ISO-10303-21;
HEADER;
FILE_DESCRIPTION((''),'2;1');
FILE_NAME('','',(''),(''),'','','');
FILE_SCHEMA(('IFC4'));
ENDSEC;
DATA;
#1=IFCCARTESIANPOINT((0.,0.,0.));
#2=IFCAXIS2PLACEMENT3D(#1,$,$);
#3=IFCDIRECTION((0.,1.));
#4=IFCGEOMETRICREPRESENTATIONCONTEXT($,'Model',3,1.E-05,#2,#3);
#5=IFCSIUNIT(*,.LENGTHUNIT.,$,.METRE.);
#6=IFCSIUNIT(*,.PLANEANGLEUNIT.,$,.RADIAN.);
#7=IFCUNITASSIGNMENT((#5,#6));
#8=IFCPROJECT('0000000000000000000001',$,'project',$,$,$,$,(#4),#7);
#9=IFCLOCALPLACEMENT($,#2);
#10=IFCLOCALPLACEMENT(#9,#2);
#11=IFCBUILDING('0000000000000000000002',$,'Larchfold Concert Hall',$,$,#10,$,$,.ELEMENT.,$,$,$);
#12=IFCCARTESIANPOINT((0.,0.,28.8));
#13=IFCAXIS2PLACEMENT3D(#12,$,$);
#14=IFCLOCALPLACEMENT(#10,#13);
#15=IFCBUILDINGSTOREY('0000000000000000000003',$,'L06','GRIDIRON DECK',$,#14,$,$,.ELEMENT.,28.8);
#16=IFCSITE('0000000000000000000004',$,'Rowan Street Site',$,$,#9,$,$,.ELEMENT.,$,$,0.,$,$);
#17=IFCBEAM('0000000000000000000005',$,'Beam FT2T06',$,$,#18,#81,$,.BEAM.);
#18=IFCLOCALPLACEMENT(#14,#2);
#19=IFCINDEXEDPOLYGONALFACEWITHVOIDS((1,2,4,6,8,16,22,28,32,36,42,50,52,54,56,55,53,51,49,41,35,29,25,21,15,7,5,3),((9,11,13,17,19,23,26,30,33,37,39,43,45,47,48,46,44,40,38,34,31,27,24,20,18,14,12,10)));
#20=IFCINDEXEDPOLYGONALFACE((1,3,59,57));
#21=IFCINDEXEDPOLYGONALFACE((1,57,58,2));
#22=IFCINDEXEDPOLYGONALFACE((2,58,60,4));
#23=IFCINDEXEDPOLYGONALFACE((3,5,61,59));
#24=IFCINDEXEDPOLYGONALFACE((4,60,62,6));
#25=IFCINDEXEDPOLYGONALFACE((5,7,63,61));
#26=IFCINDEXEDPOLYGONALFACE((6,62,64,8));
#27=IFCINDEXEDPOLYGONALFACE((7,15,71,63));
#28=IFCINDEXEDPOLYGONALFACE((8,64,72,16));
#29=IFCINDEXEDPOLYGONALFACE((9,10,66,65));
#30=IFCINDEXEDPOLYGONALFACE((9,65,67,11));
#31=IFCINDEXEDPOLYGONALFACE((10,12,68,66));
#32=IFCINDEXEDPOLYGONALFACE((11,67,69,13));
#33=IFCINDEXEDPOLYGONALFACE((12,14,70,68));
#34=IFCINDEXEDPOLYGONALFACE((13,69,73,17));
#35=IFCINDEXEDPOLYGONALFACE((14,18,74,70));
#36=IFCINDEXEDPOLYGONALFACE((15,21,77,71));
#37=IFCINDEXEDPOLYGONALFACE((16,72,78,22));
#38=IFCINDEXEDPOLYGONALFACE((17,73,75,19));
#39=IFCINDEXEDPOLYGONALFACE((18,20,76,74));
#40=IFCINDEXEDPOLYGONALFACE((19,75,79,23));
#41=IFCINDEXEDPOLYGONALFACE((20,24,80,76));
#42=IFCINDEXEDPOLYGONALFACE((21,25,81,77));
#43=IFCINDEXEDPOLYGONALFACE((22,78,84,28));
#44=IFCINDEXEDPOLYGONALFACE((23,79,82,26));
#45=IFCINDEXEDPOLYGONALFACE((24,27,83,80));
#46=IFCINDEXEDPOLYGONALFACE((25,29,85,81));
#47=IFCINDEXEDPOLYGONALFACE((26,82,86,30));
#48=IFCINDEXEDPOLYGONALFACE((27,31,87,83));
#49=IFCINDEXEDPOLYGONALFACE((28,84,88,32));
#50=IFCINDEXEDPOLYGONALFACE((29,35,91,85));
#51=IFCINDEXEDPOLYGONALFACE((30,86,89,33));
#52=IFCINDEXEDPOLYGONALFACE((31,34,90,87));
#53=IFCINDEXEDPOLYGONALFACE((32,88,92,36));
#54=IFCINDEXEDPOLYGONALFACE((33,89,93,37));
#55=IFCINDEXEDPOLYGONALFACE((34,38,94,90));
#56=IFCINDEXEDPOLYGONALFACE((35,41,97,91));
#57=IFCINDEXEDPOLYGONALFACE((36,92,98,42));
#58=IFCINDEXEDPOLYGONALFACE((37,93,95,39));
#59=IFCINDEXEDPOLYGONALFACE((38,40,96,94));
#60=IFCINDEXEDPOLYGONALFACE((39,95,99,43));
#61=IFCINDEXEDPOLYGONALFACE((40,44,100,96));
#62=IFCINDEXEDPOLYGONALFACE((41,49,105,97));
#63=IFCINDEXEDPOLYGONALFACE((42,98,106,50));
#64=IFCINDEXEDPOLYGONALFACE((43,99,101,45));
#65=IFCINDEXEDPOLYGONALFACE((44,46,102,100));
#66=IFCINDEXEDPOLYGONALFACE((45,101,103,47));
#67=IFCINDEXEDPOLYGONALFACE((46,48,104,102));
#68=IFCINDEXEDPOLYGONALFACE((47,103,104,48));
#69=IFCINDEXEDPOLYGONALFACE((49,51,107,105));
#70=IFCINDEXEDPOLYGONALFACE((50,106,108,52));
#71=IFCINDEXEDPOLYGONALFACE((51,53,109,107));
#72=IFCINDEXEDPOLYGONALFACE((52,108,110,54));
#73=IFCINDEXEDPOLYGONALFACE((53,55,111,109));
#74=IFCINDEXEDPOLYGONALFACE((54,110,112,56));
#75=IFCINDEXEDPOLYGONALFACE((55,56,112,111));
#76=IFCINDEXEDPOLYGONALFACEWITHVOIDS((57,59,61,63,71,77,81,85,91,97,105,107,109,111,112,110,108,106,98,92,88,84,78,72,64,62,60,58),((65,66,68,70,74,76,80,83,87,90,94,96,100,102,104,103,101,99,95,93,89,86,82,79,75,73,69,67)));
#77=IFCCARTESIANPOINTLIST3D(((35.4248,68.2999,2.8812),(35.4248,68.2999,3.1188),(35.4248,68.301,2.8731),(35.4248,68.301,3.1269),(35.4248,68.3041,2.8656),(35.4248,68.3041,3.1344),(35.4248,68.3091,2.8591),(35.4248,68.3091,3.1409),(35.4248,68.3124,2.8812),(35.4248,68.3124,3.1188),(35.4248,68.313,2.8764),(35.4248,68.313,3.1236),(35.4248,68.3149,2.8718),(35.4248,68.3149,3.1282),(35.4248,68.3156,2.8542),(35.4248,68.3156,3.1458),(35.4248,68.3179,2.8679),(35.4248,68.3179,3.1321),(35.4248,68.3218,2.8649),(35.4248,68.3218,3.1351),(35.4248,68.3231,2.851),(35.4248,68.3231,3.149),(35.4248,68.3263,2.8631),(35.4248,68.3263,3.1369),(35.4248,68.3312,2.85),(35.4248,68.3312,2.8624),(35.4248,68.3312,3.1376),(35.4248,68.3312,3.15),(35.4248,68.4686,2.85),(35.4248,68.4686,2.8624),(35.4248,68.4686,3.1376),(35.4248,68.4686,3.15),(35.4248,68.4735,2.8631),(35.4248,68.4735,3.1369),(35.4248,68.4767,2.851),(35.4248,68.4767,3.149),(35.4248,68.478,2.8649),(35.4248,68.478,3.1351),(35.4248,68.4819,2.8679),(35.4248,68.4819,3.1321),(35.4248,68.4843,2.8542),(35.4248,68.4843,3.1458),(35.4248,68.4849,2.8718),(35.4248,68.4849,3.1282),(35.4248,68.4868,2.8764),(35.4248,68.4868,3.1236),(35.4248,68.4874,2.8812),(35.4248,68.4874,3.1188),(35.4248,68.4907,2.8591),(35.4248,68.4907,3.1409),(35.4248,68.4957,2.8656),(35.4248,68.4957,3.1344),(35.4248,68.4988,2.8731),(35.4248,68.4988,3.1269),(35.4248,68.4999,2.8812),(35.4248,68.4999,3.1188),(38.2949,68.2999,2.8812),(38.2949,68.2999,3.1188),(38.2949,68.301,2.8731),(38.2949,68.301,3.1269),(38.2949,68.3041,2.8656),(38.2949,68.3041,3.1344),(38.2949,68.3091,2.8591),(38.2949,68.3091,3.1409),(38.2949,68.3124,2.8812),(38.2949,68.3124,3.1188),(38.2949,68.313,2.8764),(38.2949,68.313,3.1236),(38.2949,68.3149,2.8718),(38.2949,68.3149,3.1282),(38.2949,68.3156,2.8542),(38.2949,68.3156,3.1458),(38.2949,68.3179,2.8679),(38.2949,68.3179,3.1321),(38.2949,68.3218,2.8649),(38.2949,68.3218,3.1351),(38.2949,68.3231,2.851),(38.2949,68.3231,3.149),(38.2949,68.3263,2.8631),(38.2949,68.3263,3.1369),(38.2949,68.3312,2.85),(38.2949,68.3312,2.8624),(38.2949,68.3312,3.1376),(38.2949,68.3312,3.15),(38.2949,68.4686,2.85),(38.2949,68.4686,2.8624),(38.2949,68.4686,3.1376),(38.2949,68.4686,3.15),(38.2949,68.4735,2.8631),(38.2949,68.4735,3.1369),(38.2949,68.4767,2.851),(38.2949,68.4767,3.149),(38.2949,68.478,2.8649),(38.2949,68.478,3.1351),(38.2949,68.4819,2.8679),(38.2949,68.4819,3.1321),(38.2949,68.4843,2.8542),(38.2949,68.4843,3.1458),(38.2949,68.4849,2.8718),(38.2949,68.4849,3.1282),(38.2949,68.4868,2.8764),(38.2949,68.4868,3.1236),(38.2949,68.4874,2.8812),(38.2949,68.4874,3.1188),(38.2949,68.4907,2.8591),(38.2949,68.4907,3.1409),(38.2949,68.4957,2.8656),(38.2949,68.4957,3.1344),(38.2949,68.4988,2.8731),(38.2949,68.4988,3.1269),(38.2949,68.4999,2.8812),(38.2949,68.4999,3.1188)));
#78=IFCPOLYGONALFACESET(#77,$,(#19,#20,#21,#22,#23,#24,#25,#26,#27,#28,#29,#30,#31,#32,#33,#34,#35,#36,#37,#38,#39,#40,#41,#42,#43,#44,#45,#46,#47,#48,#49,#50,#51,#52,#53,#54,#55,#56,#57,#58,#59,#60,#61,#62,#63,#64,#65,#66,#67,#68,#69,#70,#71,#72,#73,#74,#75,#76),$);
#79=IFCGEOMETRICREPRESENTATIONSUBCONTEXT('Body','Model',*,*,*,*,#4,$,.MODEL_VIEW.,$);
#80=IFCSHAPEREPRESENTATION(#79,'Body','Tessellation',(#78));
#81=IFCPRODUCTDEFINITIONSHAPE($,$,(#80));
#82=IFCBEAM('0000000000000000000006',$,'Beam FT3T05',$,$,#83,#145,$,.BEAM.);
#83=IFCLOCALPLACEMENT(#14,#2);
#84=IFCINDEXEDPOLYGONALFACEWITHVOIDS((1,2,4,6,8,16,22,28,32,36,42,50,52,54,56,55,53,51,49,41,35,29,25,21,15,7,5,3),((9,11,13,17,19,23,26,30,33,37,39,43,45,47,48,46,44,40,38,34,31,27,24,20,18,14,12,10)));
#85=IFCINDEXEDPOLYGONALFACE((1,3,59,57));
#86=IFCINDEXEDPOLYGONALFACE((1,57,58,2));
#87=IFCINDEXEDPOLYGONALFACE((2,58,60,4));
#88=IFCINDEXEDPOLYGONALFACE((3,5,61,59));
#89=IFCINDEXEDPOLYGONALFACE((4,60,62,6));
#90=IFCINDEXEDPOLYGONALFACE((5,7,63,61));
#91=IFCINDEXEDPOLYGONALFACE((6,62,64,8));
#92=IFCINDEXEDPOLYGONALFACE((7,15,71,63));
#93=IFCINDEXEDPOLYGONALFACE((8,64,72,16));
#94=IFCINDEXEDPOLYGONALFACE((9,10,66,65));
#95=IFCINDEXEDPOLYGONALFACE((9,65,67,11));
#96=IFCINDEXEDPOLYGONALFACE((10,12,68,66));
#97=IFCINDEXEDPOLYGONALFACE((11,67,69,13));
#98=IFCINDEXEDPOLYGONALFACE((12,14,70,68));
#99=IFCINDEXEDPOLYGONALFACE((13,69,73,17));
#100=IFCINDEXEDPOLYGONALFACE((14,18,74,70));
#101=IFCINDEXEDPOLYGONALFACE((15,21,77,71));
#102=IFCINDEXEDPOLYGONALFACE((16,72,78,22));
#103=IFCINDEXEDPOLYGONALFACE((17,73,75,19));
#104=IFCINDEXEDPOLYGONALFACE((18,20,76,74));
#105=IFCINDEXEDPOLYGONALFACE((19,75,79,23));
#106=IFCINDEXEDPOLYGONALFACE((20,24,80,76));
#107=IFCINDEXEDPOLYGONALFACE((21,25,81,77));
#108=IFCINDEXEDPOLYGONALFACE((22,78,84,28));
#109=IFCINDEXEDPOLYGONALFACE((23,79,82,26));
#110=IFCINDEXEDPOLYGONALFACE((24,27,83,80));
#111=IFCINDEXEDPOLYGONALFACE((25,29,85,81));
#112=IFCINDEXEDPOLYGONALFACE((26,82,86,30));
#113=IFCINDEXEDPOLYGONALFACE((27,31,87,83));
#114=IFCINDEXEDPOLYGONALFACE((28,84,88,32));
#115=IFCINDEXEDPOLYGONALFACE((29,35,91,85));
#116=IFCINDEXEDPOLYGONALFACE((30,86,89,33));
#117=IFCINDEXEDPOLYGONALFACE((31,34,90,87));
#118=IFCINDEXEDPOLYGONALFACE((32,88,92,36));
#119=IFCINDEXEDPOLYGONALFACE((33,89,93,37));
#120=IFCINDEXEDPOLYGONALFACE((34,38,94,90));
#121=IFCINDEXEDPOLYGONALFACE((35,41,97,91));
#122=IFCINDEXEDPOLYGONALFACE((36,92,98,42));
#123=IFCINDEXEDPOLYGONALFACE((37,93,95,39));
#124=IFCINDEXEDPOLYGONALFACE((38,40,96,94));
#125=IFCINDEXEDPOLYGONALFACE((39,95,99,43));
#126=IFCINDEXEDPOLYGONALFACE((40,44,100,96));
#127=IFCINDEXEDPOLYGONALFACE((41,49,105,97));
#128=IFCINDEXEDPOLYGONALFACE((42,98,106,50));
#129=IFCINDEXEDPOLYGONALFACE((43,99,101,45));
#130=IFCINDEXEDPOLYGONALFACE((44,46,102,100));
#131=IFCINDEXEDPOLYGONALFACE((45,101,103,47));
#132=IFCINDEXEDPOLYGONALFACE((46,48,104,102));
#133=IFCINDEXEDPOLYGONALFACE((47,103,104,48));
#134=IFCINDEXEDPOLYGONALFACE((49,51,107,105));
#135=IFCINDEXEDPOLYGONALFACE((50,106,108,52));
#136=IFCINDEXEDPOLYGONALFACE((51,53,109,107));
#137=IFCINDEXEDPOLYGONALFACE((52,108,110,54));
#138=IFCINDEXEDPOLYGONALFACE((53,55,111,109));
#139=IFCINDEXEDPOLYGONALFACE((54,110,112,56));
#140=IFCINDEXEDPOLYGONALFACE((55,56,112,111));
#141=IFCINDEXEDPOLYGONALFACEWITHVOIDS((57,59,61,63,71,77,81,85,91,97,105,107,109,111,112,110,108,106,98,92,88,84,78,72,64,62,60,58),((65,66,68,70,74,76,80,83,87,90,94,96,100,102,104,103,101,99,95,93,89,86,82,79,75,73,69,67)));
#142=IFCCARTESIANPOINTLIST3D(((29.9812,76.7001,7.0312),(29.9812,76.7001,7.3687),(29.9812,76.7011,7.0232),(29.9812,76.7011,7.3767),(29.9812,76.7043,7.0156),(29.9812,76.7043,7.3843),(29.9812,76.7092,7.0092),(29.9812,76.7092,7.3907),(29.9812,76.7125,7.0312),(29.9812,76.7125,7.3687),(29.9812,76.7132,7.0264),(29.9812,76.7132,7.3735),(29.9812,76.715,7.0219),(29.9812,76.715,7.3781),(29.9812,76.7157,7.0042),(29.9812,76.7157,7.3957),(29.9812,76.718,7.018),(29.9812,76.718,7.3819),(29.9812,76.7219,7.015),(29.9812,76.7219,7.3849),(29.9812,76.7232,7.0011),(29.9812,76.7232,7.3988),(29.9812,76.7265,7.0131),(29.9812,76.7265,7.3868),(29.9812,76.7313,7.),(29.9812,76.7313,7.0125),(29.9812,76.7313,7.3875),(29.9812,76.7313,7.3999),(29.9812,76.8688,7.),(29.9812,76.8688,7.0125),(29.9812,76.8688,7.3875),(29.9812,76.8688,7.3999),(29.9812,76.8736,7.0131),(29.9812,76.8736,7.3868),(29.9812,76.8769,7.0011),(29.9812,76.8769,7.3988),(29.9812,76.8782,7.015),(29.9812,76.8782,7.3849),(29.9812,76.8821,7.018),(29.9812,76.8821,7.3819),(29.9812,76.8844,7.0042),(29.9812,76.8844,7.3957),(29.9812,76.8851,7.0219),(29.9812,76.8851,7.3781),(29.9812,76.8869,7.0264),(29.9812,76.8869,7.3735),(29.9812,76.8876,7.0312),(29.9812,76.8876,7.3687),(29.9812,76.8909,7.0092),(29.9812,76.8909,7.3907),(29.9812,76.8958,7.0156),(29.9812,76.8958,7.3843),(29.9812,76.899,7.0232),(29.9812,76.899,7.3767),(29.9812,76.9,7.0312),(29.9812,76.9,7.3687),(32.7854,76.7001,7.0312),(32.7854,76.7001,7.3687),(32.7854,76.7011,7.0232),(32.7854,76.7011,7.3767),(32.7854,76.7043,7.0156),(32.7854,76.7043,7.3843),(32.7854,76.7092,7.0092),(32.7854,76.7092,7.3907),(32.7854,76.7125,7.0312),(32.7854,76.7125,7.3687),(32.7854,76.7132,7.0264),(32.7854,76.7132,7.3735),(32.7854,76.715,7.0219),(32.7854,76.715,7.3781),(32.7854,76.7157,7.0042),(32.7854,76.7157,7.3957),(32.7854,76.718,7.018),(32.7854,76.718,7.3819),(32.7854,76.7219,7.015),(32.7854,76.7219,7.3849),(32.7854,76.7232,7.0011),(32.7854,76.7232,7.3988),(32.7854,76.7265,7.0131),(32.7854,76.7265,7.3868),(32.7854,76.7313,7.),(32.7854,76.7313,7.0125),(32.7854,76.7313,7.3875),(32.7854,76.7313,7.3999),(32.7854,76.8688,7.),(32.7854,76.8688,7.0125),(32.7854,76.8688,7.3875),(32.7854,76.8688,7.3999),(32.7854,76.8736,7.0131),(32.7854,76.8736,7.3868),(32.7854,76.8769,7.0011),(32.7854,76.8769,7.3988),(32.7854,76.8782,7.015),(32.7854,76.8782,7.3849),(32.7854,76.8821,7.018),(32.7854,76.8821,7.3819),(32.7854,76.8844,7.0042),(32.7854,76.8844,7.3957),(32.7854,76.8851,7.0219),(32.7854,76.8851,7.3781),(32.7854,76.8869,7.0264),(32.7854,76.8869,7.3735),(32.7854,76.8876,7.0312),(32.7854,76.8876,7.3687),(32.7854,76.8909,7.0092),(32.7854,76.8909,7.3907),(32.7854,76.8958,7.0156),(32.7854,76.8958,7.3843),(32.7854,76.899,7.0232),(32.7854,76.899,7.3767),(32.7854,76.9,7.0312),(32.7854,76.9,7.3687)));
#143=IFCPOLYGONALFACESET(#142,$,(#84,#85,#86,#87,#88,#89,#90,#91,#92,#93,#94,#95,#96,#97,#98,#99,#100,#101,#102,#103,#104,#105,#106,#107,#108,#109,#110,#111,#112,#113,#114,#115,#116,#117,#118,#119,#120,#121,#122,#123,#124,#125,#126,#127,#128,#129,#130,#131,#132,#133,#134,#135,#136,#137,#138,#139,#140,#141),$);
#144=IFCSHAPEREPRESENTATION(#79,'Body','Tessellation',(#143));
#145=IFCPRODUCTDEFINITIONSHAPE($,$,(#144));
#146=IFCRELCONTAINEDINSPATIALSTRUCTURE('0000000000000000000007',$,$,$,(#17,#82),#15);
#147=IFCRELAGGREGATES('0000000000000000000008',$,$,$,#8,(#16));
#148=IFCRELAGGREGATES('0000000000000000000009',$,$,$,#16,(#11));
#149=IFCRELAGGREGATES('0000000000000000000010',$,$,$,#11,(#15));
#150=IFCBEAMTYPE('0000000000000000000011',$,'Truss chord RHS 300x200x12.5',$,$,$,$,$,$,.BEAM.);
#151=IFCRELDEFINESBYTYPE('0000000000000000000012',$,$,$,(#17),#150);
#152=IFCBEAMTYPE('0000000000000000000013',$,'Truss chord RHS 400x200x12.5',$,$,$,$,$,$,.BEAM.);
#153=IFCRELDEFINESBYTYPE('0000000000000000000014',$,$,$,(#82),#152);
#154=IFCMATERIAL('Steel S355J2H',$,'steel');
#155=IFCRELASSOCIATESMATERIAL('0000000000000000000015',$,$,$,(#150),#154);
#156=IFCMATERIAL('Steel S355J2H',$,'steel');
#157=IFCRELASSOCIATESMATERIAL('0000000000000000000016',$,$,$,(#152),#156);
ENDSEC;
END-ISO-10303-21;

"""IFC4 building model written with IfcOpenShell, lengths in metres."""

from ifc_helpers import new_model, si_unit, direction, frame, origin, origin_2d, place, context, subcontext, project, spatial, hollow_rectangle, extrude, material, material_profile, profile_set, type_object, element, save


model = new_model("IFC4")

# Units and contexts
model_context = context("Model", 3, precision=1e-05, world=origin(), true_north=direction((0.0, 1.0)))
body_context = subcontext(model_context, "Body", "Model", "MODEL_VIEW")
ifc_project = project(units=[si_unit("LENGTHUNIT", "METRE"), si_unit("PLANEANGLEUNIT", "RADIAN")], contexts=[model_context])

# Site, building, storey
site_placement = place(None, origin())
site = spatial("IfcSite", under=ifc_project, at=site_placement, Name="Rowan Street Site", CompositionType="ELEMENT", RefElevation=0.0)
building_placement = place(site_placement, origin())
building = spatial("IfcBuilding", under=site, at=building_placement, Name="Larchfold Concert Hall", CompositionType="ELEMENT")
storey_placement = place(building_placement, frame((0.0, 0.0, 28.8)))
storey = spatial("IfcBuildingStorey", under=building, at=storey_placement, Name="L06", Description="GRIDIRON DECK", CompositionType="ELEMENT", Elevation=28.8)

# Beams
ifc_material_1 = material(Name="Steel S355J2H", Category="steel")
ifc_material_profile_1 = material_profile(ifc_material_1, hollow_rectangle(XDim=0.2, YDim=0.3, WallThickness=0.0125, InnerFilletRadius=0.0188, OuterFilletRadius=0.0312, at=origin_2d()))
ifc_profile_set_1 = profile_set([ifc_material_profile_1], Name="Steel S355J2H")
beam_type_1 = type_object("IfcBeamType", Name="Truss chord RHS 300x200x12.5", PredefinedType="BEAM", material=ifc_profile_set_1)
beam_1_placement = place(storey_placement, frame((35.4248, 68.3999, 3.0), z_axis=(1.0, 0.0, 0.0), x_axis=(0.0, 1.0, 0.0)))
element("IfcBeam", 1, at=beam_1_placement, inside=storey, type_object=beam_type_1, Name="Beam FT2T06", PredefinedType="BEAM", context=body_context, shape_type="SweptSolid", body=[
    extrude(hollow_rectangle(XDim=0.2, YDim=0.3, WallThickness=0.0125, InnerFilletRadius=0.0188, OuterFilletRadius=0.0312, at=origin_2d()), origin(), (0.0, 0.0, 1.0), 2.8701),
])
ifc_material_2 = material(Name="Steel S355J2H", Category="steel")
ifc_material_profile_2 = material_profile(ifc_material_2, hollow_rectangle(XDim=0.2, YDim=0.3999, WallThickness=0.0125, InnerFilletRadius=0.0188, OuterFilletRadius=0.0312, at=origin_2d()))
ifc_profile_set_2 = profile_set([ifc_material_profile_2], Name="Steel S355J2H")
beam_type_2 = type_object("IfcBeamType", Name="Truss chord RHS 400x200x12.5", PredefinedType="BEAM", material=ifc_profile_set_2)
for number, where, z_axis, x_axis, name in (
    (2, (29.9812, 76.8, 7.2), (1.0, 0.0, 0.0), (0.0, 1.0, 0.0), "Beam FT3T05"),
):
    element("IfcBeam", number, at=place(storey_placement, frame(where, z_axis=z_axis, x_axis=x_axis)), inside=storey, type_object=beam_type_2, Name=name, PredefinedType="BEAM", context=body_context, shape_type="SweptSolid", body=[
        extrude(hollow_rectangle(XDim=0.2, YDim=0.3999, WallThickness=0.0125, InnerFilletRadius=0.0188, OuterFilletRadius=0.0312, at=origin_2d()), origin(), (0.0, 0.0, 1.0), 2.8042),
    ])

save(model, "model.ifc")
